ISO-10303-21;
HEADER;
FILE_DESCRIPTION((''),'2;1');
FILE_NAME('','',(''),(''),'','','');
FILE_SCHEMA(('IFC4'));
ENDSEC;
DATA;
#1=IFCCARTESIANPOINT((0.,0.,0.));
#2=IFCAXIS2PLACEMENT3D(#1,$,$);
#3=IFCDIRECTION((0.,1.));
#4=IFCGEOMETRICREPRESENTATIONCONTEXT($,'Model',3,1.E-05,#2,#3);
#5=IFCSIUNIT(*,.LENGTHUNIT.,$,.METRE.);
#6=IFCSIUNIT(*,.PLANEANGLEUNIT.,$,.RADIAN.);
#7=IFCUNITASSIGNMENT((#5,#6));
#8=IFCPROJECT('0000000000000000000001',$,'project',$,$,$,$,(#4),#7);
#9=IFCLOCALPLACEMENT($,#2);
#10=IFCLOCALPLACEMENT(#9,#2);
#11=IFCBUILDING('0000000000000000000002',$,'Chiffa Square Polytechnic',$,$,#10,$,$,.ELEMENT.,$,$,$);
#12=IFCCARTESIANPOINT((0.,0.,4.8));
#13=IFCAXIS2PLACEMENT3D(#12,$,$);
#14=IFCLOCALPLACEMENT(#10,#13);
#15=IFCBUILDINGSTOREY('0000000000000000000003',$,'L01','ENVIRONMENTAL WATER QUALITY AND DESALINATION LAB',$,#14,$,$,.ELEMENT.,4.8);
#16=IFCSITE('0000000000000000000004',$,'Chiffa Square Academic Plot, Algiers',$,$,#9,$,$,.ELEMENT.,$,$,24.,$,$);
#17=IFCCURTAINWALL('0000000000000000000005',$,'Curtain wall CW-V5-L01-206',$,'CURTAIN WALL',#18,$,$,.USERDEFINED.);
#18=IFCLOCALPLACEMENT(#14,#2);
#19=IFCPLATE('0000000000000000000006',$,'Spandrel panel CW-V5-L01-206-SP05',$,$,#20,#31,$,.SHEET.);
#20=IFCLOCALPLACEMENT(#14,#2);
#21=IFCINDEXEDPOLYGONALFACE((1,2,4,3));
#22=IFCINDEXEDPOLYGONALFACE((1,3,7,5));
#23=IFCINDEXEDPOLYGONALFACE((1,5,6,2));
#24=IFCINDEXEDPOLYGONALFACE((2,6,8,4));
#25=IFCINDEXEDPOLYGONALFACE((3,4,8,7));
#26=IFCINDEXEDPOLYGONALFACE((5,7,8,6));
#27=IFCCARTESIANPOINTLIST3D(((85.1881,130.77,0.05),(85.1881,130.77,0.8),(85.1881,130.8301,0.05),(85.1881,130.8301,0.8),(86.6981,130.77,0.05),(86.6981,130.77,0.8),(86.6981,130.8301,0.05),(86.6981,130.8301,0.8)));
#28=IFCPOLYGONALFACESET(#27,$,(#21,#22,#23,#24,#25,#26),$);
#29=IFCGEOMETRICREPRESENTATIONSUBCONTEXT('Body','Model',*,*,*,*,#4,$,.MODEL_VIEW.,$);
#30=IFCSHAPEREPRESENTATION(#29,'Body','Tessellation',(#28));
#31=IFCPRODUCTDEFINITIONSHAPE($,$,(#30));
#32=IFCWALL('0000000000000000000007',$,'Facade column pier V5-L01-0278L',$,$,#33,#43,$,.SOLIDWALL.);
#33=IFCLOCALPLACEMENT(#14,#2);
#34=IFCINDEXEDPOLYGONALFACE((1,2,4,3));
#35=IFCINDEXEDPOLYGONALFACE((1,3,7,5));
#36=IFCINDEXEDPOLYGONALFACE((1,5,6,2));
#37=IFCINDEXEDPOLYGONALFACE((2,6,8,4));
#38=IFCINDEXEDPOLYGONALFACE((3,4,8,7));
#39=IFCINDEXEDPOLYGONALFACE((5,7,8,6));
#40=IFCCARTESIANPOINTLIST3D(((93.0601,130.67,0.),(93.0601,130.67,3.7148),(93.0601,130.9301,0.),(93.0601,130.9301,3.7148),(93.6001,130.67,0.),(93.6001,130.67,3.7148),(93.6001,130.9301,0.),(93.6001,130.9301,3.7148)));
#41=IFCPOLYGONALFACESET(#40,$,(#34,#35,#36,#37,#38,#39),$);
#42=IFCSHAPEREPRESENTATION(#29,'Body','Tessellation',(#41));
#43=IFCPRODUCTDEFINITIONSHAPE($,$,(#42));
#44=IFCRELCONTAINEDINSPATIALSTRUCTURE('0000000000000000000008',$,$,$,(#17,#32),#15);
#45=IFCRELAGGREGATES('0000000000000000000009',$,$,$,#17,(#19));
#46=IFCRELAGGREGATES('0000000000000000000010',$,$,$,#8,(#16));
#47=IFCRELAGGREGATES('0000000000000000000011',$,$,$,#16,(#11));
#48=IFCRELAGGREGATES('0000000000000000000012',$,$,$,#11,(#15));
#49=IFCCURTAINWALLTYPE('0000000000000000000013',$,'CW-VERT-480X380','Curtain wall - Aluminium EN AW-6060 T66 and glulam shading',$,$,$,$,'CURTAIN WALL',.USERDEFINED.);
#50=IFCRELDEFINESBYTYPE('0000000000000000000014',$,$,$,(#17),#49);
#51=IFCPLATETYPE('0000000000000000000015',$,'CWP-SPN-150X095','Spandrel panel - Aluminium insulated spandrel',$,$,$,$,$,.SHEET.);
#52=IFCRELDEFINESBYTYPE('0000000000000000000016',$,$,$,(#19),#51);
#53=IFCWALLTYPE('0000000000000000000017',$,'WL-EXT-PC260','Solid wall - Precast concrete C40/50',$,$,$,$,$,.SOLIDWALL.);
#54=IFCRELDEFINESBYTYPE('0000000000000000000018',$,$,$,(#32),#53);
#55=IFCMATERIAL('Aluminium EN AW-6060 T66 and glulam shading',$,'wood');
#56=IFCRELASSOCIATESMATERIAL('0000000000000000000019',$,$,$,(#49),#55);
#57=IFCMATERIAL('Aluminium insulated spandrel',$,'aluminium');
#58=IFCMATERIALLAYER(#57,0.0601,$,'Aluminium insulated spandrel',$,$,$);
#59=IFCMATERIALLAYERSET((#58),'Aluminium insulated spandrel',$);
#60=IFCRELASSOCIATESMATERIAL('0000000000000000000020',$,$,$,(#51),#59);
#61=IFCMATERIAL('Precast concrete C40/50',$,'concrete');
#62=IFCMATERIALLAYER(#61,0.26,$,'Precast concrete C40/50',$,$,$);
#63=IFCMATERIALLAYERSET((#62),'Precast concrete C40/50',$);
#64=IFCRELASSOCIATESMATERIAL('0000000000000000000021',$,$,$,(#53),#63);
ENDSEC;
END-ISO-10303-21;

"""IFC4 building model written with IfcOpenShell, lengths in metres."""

from ifc_helpers import new_model, si_unit, direction, frame, frame_2d, origin, origin_2d, place, context, subcontext, project, spatial, rectangle, extrude, material, layer, layer_set, type_object, element, aggregate, save


model = new_model("IFC4")

# Units and contexts
model_context = context("Model", 3, precision=1e-05, world=origin(), true_north=direction((0.0, 1.0)))
body_context = subcontext(model_context, "Body", "Model", "MODEL_VIEW")
ifc_project = project(units=[si_unit("LENGTHUNIT", "METRE"), si_unit("PLANEANGLEUNIT", "RADIAN")], contexts=[model_context])

# Site, building, storey
site_placement = place(None, origin())
site = spatial("IfcSite", under=ifc_project, at=site_placement, Name="Chiffa Square Academic Plot, Algiers", CompositionType="ELEMENT", RefElevation=24.0)
building_placement = place(site_placement, origin())
building = spatial("IfcBuilding", under=site, at=building_placement, Name="Chiffa Square Polytechnic", CompositionType="ELEMENT")
storey_placement = place(building_placement, frame((0.0, 0.0, 4.8)))
storey = spatial("IfcBuildingStorey", under=building, at=storey_placement, Name="L01", Description="ENVIRONMENTAL WATER QUALITY AND DESALINATION LAB", CompositionType="ELEMENT", Elevation=4.8)

# Curtain wall, plate
ifc_material_1 = material(Name="Aluminium EN AW-6060 T66 and glulam shading", Category="wood")
curtain_wall_type = type_object("IfcCurtainWallType", Name="CW-VERT-480X380", Description="Curtain wall - Aluminium EN AW-6060 T66 and glulam shading", ElementType="CURTAIN WALL", PredefinedType="USERDEFINED", material=ifc_material_1)
curtain_wall_placement = place(storey_placement, origin())
curtain_wall = element("IfcCurtainWall", 1, at=curtain_wall_placement, inside=storey, type_object=curtain_wall_type, Name="Curtain wall CW-V5-L01-206", ObjectType="CURTAIN WALL", PredefinedType="USERDEFINED")
ifc_material_2 = material(Name="Aluminium insulated spandrel", Category="aluminium")
ifc_layer_1 = layer(ifc_material_2, 0.0601, Name="Aluminium insulated spandrel")
ifc_layer_set_1 = layer_set([ifc_layer_1], Name="Aluminium insulated spandrel")
plate_type_1 = type_object("IfcPlateType", Name="CWP-SPN-150X095", Description="Spandrel panel - Aluminium insulated spandrel", PredefinedType="SHEET", material=ifc_layer_set_1)
plate_1_placement = place(storey_placement, frame((85.9431, 130.8, 0.05), z_axis=(0.0, 0.0, 1.0), x_axis=(-1.0, 0.0, 0.0)))
plate_1 = element("IfcPlate", 2, at=plate_1_placement, type_object=plate_type_1, Name="Spandrel panel CW-V5-L01-206-SP05", PredefinedType="SHEET", context=body_context, shape_type="SweptSolid", body=[
    extrude(rectangle(XDim=1.51, YDim=0.0601, at=origin_2d()), origin(), (0.0, 0.0, 1.0), 0.75),
])
aggregate(curtain_wall, [plate_1])

# Wall
ifc_material_3 = material(Name="Precast concrete C40/50", Category="concrete")
ifc_layer_2 = layer(ifc_material_3, 0.26, Name="Precast concrete C40/50")
ifc_layer_set_2 = layer_set([ifc_layer_2], Name="Precast concrete C40/50")
wall_type = type_object("IfcWallType", Name="WL-EXT-PC260", Description="Solid wall - Precast concrete C40/50", PredefinedType="SOLIDWALL", material=ifc_layer_set_2)
wall_placement = place(storey_placement, frame((93.6001, 130.8, 0.0), z_axis=(0.0, 0.0, 1.0), x_axis=(-1.0, 0.0, 0.0)))
element("IfcWall", 3, at=wall_placement, inside=storey, type_object=wall_type, Name="Facade column pier V5-L01-0278L", PredefinedType="SOLIDWALL", context=body_context, shape_type="SweptSolid", body=[
    extrude(rectangle(XDim=0.54, YDim=0.26, at=frame_2d((0.27, 0.0))), origin(), (0.0, 0.0, 1.0), 3.7148),
])

save(model, "model.ifc")
